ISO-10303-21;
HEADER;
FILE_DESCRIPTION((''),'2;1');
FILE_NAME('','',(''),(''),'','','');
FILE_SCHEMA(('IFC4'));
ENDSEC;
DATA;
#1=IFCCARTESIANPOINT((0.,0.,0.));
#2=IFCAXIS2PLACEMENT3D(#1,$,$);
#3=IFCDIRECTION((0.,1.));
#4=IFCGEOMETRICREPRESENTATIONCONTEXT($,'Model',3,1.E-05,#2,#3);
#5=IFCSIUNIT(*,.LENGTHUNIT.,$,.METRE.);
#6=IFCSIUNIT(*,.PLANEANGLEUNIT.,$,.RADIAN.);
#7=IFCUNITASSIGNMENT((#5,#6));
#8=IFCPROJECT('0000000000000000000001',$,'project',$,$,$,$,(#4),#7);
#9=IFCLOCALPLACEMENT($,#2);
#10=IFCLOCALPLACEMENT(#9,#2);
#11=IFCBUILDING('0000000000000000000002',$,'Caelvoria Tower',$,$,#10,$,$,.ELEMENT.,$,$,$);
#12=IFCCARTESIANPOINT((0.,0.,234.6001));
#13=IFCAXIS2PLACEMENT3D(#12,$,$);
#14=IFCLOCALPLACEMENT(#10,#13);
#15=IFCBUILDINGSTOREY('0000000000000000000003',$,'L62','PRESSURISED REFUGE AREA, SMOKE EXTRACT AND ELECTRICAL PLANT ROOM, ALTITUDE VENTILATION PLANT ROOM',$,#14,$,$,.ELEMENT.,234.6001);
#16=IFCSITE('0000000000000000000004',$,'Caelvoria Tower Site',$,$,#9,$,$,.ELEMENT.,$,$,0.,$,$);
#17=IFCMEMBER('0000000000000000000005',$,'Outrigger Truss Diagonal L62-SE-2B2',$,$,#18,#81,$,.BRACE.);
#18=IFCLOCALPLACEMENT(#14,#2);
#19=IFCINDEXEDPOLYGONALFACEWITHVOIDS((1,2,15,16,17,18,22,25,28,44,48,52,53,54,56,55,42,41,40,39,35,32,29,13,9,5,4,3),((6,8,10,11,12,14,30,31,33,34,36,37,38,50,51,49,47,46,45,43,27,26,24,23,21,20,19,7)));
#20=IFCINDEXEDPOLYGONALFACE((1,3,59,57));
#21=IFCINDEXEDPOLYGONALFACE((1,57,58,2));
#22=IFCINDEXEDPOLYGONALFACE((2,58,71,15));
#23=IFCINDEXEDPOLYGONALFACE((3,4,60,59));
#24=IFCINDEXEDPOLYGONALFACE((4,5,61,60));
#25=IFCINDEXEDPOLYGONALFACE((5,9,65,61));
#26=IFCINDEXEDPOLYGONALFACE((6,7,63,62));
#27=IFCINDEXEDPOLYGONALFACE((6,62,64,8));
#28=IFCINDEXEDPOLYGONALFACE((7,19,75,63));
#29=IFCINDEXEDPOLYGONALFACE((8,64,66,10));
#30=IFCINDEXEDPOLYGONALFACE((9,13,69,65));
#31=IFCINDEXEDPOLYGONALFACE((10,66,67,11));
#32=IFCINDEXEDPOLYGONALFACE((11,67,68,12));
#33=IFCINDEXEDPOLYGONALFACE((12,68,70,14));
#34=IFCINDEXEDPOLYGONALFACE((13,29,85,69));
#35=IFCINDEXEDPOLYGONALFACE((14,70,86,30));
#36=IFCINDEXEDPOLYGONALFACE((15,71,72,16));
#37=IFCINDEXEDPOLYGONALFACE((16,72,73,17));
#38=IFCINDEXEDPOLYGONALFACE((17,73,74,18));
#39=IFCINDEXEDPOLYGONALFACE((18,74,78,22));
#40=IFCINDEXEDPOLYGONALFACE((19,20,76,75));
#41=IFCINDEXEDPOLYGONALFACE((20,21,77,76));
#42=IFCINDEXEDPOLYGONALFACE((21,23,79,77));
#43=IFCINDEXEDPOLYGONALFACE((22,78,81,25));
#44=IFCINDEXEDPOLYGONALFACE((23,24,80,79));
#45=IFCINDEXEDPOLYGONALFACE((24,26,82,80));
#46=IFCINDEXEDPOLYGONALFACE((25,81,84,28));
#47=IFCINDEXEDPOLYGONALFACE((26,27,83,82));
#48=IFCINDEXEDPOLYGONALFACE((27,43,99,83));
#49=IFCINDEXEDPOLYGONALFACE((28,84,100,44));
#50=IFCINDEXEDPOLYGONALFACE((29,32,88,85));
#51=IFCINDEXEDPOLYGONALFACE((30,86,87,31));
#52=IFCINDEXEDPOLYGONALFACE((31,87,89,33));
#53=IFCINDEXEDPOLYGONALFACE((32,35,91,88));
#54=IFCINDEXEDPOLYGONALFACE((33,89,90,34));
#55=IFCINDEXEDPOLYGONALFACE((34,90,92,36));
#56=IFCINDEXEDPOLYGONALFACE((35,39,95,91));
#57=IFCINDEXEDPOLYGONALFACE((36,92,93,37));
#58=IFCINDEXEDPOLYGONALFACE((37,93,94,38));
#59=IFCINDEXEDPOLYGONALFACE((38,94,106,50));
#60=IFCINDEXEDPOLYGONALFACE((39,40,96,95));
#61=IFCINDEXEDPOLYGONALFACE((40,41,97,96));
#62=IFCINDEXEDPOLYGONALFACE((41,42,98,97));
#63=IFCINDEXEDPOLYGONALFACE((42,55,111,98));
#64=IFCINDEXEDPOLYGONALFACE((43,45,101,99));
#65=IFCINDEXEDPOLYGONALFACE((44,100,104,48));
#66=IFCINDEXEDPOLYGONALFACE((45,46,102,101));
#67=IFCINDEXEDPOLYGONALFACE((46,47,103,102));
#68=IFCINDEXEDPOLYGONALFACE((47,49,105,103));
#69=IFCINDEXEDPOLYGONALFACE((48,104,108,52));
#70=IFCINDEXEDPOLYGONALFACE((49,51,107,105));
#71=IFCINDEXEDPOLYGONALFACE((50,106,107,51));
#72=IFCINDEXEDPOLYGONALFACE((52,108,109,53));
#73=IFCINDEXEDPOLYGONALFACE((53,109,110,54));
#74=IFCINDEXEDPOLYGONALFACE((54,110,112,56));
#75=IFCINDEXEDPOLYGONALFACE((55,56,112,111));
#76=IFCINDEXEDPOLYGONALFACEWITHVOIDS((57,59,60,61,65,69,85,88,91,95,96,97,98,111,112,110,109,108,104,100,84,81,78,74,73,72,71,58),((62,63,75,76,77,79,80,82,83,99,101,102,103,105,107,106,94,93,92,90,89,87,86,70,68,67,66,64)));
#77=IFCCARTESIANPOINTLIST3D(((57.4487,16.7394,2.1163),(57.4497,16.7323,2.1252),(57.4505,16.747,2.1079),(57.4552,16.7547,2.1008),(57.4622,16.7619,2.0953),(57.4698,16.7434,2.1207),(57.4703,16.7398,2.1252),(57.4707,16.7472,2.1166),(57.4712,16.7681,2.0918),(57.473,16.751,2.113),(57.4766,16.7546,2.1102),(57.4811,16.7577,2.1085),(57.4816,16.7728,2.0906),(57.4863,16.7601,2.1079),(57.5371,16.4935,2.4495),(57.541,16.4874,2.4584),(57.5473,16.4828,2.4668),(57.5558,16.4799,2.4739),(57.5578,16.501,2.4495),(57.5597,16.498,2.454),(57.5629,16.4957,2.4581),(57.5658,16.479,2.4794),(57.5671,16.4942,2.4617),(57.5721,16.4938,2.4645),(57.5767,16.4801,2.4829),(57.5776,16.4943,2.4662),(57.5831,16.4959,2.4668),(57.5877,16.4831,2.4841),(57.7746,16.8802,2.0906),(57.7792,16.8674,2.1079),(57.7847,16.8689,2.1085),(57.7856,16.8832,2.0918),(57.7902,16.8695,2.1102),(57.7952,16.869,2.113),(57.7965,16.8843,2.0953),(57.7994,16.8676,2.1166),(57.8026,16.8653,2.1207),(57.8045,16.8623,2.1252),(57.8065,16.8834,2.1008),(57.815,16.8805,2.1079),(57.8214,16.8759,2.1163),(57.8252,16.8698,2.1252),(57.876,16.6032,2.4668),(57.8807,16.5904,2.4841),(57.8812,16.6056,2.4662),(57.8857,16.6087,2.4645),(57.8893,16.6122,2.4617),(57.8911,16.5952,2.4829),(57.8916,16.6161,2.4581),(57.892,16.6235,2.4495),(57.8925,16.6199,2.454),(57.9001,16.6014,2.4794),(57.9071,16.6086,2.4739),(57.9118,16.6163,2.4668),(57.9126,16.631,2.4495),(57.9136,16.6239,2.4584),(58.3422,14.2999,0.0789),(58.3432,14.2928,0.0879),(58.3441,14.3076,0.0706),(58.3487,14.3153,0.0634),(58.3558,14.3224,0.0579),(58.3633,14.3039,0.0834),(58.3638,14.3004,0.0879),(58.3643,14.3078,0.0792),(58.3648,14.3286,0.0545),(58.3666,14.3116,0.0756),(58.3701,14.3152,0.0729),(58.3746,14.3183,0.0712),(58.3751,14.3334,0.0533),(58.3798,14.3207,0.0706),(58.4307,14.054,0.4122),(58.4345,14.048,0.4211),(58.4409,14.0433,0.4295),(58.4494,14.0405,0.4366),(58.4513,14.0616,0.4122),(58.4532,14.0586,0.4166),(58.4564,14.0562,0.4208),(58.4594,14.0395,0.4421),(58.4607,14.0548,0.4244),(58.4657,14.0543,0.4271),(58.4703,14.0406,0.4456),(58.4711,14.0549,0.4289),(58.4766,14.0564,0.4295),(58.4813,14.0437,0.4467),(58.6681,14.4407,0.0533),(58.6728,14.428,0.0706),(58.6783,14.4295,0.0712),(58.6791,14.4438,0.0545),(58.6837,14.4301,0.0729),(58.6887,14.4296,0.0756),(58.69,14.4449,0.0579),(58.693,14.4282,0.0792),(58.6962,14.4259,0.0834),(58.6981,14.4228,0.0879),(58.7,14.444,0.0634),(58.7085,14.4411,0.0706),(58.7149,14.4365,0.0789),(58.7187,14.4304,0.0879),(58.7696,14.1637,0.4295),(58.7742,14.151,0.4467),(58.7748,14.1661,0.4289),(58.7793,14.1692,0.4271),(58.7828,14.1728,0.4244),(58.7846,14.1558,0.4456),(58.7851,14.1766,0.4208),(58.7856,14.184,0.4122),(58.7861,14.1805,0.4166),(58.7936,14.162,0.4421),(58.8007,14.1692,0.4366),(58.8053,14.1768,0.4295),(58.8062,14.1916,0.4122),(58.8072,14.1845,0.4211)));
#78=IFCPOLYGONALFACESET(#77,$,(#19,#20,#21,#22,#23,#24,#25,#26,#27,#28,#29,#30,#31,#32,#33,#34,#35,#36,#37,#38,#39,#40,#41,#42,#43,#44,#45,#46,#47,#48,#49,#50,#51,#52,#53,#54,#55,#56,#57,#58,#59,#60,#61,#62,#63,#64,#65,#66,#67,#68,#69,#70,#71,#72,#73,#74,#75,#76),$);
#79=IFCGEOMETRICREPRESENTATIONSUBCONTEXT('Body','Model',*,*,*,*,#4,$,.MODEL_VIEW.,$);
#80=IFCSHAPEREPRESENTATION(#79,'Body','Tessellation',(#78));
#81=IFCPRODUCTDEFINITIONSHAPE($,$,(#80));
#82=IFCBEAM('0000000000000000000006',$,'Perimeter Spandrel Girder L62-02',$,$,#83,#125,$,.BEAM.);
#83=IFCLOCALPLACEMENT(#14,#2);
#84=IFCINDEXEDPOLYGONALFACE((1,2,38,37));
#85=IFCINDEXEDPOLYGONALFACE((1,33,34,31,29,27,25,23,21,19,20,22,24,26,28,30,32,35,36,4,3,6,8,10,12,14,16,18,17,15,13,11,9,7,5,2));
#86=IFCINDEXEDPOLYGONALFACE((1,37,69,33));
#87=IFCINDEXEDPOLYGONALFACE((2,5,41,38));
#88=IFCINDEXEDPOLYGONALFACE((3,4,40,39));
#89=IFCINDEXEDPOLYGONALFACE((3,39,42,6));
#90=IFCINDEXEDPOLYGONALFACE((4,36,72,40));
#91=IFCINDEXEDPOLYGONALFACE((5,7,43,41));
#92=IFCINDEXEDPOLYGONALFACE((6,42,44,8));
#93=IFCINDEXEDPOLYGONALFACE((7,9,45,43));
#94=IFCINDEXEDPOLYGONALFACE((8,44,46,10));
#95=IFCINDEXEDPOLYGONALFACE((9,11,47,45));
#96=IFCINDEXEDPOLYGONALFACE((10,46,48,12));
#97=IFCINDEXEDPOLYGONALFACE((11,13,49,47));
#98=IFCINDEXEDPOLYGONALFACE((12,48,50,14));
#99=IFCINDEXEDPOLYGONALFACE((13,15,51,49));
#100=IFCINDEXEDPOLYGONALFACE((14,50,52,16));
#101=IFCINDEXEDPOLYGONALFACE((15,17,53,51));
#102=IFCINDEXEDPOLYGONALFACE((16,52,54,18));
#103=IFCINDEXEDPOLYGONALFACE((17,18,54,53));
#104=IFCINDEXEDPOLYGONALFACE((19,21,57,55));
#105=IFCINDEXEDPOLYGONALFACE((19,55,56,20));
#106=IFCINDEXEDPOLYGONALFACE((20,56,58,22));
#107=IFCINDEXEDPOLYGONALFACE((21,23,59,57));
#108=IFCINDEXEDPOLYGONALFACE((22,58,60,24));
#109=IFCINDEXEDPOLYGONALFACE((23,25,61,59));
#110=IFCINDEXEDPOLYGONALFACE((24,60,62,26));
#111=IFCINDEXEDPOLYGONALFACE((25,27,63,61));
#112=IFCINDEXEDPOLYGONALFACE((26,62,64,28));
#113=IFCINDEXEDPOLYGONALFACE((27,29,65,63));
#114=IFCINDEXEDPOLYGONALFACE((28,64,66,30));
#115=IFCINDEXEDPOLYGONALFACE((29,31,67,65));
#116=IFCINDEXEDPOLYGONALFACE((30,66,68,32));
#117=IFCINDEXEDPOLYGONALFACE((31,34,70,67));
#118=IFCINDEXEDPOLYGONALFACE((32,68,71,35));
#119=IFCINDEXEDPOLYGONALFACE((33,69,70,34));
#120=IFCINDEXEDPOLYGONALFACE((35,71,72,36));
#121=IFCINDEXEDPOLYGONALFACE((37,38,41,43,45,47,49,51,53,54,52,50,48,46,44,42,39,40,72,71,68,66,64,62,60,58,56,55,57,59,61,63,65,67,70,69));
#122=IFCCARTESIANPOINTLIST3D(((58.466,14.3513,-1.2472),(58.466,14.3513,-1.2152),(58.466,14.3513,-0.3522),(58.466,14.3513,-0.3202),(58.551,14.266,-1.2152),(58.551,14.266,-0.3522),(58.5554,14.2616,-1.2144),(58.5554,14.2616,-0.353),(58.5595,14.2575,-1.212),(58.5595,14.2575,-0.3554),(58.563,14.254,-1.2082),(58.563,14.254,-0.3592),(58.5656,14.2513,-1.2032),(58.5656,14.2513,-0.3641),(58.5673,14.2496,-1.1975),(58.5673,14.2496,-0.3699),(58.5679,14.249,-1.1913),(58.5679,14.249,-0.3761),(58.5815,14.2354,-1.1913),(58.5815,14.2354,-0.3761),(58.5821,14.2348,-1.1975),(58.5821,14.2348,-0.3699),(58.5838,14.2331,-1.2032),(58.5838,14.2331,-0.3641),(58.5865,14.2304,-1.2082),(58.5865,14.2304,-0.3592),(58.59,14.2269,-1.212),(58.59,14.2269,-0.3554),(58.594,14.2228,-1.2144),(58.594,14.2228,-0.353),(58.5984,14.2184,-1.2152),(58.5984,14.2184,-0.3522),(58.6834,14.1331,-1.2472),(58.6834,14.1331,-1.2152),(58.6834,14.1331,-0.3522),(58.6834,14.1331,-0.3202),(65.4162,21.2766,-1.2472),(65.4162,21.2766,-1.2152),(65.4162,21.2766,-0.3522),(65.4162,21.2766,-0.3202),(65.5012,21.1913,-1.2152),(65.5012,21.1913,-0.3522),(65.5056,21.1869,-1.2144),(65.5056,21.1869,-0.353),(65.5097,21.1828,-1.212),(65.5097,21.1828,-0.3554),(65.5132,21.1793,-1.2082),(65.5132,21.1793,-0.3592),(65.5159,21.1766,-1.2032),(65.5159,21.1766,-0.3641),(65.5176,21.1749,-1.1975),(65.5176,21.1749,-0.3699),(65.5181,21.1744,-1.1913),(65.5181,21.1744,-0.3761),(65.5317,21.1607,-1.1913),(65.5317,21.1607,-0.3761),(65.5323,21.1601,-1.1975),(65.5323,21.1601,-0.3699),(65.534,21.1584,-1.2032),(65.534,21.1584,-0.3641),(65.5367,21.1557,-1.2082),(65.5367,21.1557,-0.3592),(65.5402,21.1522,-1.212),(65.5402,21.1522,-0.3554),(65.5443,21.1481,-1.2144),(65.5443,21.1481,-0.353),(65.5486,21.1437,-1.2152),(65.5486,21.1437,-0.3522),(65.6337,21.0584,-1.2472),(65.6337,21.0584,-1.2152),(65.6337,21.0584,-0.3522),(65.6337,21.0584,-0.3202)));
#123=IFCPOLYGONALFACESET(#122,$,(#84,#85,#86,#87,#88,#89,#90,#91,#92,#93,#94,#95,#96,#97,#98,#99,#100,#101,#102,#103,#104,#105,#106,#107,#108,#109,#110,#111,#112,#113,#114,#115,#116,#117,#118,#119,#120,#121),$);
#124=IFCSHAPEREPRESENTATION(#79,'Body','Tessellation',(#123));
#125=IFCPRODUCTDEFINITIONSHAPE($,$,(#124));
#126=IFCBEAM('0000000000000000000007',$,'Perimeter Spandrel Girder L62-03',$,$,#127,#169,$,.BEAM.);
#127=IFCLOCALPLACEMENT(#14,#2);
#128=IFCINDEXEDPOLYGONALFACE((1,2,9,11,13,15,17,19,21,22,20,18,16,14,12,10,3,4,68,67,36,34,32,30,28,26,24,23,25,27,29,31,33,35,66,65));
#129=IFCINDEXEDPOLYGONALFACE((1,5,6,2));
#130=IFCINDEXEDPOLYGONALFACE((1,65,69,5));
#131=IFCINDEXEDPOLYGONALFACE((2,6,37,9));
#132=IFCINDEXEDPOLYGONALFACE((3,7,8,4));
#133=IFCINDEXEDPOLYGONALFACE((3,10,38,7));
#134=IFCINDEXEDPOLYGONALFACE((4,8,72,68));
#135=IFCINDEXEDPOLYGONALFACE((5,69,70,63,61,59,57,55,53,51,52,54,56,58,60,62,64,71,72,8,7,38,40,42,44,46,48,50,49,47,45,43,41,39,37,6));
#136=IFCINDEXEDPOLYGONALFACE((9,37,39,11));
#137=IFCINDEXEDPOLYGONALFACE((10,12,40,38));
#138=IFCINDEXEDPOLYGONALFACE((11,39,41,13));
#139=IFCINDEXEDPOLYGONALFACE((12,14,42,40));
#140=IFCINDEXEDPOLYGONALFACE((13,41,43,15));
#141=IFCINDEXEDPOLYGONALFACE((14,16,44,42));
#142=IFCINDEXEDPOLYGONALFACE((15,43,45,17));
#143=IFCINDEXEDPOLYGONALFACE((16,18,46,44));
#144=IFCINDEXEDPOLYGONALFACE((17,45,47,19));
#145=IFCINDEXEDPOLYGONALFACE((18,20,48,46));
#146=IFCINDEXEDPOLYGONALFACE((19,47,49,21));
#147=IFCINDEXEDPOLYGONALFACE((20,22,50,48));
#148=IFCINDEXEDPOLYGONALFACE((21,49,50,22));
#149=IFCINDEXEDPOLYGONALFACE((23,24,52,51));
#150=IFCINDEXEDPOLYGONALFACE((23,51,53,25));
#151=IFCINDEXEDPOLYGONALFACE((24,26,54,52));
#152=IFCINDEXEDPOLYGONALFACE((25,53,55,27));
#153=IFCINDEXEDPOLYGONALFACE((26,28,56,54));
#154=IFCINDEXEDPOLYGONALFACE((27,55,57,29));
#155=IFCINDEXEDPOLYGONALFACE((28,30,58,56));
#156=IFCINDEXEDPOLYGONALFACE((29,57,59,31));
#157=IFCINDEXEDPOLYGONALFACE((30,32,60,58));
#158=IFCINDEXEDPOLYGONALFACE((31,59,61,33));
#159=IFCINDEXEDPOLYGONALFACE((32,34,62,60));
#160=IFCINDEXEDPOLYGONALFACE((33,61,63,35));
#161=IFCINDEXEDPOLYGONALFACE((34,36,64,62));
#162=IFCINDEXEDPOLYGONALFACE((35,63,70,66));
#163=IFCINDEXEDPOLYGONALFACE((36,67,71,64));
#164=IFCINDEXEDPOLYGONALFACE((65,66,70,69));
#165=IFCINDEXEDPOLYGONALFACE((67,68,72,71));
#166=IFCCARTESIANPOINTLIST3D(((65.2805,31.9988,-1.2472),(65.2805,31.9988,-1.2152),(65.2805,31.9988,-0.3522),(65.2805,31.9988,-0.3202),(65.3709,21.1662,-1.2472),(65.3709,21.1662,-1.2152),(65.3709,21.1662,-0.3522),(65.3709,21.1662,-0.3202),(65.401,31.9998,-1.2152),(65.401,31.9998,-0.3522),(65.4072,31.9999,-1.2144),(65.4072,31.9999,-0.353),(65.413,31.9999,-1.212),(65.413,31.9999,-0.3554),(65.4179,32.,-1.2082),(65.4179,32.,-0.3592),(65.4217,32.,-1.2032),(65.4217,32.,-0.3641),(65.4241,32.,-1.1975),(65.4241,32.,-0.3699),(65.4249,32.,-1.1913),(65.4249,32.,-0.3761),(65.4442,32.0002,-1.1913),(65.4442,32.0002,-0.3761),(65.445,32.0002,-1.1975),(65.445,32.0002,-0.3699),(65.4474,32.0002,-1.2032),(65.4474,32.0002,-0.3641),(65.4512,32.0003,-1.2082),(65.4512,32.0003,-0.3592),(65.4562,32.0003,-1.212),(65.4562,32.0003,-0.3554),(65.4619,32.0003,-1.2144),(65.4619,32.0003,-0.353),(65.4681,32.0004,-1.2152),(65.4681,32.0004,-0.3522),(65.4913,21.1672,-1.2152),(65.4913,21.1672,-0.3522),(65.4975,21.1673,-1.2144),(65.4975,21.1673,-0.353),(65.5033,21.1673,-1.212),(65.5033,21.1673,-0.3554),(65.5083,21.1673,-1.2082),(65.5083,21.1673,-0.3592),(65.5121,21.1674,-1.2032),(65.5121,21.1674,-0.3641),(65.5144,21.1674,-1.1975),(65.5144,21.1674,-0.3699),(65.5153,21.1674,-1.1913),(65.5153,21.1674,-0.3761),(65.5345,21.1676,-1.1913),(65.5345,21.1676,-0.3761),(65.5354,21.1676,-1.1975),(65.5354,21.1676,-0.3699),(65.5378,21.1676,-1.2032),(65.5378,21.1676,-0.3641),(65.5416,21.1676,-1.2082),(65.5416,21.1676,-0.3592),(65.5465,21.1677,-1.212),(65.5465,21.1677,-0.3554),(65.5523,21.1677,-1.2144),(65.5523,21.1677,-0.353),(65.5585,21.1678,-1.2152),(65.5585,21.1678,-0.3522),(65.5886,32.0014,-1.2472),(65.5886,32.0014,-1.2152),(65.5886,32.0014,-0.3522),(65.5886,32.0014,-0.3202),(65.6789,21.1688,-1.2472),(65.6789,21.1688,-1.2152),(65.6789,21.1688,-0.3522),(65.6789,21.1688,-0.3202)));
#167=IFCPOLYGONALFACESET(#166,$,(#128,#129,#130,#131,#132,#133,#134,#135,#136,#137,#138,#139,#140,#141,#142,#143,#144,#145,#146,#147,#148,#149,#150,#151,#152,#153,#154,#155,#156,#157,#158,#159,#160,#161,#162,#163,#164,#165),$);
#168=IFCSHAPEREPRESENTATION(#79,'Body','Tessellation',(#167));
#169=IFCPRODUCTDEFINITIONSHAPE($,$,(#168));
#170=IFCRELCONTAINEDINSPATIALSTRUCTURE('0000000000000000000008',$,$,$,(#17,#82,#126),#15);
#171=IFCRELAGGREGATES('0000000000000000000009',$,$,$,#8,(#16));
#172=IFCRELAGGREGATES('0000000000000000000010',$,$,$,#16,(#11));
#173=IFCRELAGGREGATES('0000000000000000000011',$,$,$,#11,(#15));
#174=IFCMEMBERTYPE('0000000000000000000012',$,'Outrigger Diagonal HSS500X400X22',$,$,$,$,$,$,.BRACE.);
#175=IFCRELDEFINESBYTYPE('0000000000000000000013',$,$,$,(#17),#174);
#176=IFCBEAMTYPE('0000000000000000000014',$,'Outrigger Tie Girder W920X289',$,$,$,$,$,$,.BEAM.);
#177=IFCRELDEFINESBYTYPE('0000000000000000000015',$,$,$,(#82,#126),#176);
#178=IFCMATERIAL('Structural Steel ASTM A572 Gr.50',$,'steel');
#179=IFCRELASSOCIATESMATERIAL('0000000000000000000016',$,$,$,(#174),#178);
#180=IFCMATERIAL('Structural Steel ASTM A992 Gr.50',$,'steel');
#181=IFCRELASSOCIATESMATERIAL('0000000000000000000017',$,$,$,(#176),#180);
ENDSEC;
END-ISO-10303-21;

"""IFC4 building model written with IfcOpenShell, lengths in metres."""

from ifc_helpers import new_model, si_unit, direction, frame, origin, origin_2d, place, context, subcontext, project, spatial, hollow_rectangle, i_section, extrude, material, material_profile, profile_set, type_object, element, save


model = new_model("IFC4")

# Units and contexts
model_context = context("Model", 3, precision=1e-05, world=origin(), true_north=direction((0.0, 1.0)))
body_context = subcontext(model_context, "Body", "Model", "MODEL_VIEW")
ifc_project = project(units=[si_unit("LENGTHUNIT", "METRE"), si_unit("PLANEANGLEUNIT", "RADIAN")], contexts=[model_context])

# Site, building, storey
site_placement = place(None, origin())
site = spatial("IfcSite", under=ifc_project, at=site_placement, Name="Caelvoria Tower Site", CompositionType="ELEMENT", RefElevation=0.0)
building_placement = place(site_placement, origin())
building = spatial("IfcBuilding", under=site, at=building_placement, Name="Caelvoria Tower", CompositionType="ELEMENT")
storey_placement = place(building_placement, frame((0.0, 0.0, 234.6001)))
storey = spatial("IfcBuildingStorey", under=building, at=storey_placement, Name="L62", Description="PRESSURISED REFUGE AREA, SMOKE EXTRACT AND ELECTRICAL PLANT ROOM, ALTITUDE VENTILATION PLANT ROOM", CompositionType="ELEMENT", Elevation=234.6001)

# Shared definitions
ifc_material_1 = material(Name="Structural Steel ASTM A572 Gr.50", Category="steel")
ifc_material_2 = material(Name="Structural Steel ASTM A992 Gr.50", Category="steel")

# Member
ifc_material_profile_1 = material_profile(ifc_material_1, hollow_rectangle(XDim=0.3999, YDim=0.5, WallThickness=0.022, InnerFilletRadius=0.022, OuterFilletRadius=0.0439, at=origin_2d()), Name="Structural Steel ASTM A572 Gr.50")
ifc_profile_set_1 = profile_set([ifc_material_profile_1], Name="HSS500X400X22 - Structural Steel ASTM A572 Gr.50")
member_type_1 = type_object("IfcMemberType", Name="Outrigger Diagonal HSS500X400X22", PredefinedType="BRACE", material=ifc_profile_set_1)
member_1_placement = place(storey_placement, frame((57.6812, 16.6816, 2.2874), z_axis=(0.270648, -0.738883, -0.617091), x_axis=(0.93899, 0.343945, 0.0)))
element("IfcMember", 1, at=member_1_placement, inside=storey, type_object=member_type_1, Name="Outrigger Truss Diagonal L62-SE-2B2", PredefinedType="BRACE", context=body_context, shape_type="SweptSolid", body=[
    extrude(hollow_rectangle(XDim=0.3999, YDim=0.5, WallThickness=0.022, InnerFilletRadius=0.022, OuterFilletRadius=0.0439, at=origin_2d()), origin(), (0.0, 0.0, 1.0), 3.3015),
])

# Beams
ifc_material_profile_2 = material_profile(ifc_material_2, i_section(OverallWidth=0.3081, OverallDepth=0.927, WebThickness=0.0193, FlangeThickness=0.032, FilletRadius=0.0239, at=origin_2d()), Name="Structural Steel ASTM A992 Gr.50")
ifc_profile_set_2 = profile_set([ifc_material_profile_2], Name="W920X289 - Structural Steel ASTM A992 Gr.50")
beam_type_1 = type_object("IfcBeamType", Name="Outrigger Tie Girder W920X289", PredefinedType="BEAM", material=ifc_profile_set_2)
beam_1_placement = place(storey_placement, frame((58.5747, 14.2422, -0.7837), z_axis=(0.708375, 0.705837, 0.0), x_axis=(-0.705837, 0.708375, 0.0)))
element("IfcBeam", 2, at=beam_1_placement, inside=storey, type_object=beam_type_1, Name="Perimeter Spandrel Girder L62-02", PredefinedType="BEAM", context=body_context, shape_type="SweptSolid", body=[
    extrude(i_section(OverallWidth=0.3081, OverallDepth=0.927, WebThickness=0.0193, FlangeThickness=0.032, FilletRadius=0.0239, at=origin_2d()), origin(), (0.0, 0.0, 1.0), 9.8115),
])
for number, where, z_axis, x_axis, name in (
    (3, (65.5249, 21.1675, -0.7837), (-0.008339, 0.999965, 0.0), (-0.999965, -0.008339, 0.0), "Perimeter Spandrel Girder L62-03"),
):
    element("IfcBeam", number, at=place(storey_placement, frame(where, z_axis=z_axis, x_axis=x_axis)), inside=storey, type_object=beam_type_1, Name=name, PredefinedType="BEAM", context=body_context, shape_type="SweptSolid", body=[
        extrude(i_section(OverallWidth=0.3081, OverallDepth=0.927, WebThickness=0.0193, FlangeThickness=0.032, FilletRadius=0.0239, at=origin_2d()), origin(), (0.0, 0.0, 1.0), 10.833),
    ])

save(model, "model.ifc")
